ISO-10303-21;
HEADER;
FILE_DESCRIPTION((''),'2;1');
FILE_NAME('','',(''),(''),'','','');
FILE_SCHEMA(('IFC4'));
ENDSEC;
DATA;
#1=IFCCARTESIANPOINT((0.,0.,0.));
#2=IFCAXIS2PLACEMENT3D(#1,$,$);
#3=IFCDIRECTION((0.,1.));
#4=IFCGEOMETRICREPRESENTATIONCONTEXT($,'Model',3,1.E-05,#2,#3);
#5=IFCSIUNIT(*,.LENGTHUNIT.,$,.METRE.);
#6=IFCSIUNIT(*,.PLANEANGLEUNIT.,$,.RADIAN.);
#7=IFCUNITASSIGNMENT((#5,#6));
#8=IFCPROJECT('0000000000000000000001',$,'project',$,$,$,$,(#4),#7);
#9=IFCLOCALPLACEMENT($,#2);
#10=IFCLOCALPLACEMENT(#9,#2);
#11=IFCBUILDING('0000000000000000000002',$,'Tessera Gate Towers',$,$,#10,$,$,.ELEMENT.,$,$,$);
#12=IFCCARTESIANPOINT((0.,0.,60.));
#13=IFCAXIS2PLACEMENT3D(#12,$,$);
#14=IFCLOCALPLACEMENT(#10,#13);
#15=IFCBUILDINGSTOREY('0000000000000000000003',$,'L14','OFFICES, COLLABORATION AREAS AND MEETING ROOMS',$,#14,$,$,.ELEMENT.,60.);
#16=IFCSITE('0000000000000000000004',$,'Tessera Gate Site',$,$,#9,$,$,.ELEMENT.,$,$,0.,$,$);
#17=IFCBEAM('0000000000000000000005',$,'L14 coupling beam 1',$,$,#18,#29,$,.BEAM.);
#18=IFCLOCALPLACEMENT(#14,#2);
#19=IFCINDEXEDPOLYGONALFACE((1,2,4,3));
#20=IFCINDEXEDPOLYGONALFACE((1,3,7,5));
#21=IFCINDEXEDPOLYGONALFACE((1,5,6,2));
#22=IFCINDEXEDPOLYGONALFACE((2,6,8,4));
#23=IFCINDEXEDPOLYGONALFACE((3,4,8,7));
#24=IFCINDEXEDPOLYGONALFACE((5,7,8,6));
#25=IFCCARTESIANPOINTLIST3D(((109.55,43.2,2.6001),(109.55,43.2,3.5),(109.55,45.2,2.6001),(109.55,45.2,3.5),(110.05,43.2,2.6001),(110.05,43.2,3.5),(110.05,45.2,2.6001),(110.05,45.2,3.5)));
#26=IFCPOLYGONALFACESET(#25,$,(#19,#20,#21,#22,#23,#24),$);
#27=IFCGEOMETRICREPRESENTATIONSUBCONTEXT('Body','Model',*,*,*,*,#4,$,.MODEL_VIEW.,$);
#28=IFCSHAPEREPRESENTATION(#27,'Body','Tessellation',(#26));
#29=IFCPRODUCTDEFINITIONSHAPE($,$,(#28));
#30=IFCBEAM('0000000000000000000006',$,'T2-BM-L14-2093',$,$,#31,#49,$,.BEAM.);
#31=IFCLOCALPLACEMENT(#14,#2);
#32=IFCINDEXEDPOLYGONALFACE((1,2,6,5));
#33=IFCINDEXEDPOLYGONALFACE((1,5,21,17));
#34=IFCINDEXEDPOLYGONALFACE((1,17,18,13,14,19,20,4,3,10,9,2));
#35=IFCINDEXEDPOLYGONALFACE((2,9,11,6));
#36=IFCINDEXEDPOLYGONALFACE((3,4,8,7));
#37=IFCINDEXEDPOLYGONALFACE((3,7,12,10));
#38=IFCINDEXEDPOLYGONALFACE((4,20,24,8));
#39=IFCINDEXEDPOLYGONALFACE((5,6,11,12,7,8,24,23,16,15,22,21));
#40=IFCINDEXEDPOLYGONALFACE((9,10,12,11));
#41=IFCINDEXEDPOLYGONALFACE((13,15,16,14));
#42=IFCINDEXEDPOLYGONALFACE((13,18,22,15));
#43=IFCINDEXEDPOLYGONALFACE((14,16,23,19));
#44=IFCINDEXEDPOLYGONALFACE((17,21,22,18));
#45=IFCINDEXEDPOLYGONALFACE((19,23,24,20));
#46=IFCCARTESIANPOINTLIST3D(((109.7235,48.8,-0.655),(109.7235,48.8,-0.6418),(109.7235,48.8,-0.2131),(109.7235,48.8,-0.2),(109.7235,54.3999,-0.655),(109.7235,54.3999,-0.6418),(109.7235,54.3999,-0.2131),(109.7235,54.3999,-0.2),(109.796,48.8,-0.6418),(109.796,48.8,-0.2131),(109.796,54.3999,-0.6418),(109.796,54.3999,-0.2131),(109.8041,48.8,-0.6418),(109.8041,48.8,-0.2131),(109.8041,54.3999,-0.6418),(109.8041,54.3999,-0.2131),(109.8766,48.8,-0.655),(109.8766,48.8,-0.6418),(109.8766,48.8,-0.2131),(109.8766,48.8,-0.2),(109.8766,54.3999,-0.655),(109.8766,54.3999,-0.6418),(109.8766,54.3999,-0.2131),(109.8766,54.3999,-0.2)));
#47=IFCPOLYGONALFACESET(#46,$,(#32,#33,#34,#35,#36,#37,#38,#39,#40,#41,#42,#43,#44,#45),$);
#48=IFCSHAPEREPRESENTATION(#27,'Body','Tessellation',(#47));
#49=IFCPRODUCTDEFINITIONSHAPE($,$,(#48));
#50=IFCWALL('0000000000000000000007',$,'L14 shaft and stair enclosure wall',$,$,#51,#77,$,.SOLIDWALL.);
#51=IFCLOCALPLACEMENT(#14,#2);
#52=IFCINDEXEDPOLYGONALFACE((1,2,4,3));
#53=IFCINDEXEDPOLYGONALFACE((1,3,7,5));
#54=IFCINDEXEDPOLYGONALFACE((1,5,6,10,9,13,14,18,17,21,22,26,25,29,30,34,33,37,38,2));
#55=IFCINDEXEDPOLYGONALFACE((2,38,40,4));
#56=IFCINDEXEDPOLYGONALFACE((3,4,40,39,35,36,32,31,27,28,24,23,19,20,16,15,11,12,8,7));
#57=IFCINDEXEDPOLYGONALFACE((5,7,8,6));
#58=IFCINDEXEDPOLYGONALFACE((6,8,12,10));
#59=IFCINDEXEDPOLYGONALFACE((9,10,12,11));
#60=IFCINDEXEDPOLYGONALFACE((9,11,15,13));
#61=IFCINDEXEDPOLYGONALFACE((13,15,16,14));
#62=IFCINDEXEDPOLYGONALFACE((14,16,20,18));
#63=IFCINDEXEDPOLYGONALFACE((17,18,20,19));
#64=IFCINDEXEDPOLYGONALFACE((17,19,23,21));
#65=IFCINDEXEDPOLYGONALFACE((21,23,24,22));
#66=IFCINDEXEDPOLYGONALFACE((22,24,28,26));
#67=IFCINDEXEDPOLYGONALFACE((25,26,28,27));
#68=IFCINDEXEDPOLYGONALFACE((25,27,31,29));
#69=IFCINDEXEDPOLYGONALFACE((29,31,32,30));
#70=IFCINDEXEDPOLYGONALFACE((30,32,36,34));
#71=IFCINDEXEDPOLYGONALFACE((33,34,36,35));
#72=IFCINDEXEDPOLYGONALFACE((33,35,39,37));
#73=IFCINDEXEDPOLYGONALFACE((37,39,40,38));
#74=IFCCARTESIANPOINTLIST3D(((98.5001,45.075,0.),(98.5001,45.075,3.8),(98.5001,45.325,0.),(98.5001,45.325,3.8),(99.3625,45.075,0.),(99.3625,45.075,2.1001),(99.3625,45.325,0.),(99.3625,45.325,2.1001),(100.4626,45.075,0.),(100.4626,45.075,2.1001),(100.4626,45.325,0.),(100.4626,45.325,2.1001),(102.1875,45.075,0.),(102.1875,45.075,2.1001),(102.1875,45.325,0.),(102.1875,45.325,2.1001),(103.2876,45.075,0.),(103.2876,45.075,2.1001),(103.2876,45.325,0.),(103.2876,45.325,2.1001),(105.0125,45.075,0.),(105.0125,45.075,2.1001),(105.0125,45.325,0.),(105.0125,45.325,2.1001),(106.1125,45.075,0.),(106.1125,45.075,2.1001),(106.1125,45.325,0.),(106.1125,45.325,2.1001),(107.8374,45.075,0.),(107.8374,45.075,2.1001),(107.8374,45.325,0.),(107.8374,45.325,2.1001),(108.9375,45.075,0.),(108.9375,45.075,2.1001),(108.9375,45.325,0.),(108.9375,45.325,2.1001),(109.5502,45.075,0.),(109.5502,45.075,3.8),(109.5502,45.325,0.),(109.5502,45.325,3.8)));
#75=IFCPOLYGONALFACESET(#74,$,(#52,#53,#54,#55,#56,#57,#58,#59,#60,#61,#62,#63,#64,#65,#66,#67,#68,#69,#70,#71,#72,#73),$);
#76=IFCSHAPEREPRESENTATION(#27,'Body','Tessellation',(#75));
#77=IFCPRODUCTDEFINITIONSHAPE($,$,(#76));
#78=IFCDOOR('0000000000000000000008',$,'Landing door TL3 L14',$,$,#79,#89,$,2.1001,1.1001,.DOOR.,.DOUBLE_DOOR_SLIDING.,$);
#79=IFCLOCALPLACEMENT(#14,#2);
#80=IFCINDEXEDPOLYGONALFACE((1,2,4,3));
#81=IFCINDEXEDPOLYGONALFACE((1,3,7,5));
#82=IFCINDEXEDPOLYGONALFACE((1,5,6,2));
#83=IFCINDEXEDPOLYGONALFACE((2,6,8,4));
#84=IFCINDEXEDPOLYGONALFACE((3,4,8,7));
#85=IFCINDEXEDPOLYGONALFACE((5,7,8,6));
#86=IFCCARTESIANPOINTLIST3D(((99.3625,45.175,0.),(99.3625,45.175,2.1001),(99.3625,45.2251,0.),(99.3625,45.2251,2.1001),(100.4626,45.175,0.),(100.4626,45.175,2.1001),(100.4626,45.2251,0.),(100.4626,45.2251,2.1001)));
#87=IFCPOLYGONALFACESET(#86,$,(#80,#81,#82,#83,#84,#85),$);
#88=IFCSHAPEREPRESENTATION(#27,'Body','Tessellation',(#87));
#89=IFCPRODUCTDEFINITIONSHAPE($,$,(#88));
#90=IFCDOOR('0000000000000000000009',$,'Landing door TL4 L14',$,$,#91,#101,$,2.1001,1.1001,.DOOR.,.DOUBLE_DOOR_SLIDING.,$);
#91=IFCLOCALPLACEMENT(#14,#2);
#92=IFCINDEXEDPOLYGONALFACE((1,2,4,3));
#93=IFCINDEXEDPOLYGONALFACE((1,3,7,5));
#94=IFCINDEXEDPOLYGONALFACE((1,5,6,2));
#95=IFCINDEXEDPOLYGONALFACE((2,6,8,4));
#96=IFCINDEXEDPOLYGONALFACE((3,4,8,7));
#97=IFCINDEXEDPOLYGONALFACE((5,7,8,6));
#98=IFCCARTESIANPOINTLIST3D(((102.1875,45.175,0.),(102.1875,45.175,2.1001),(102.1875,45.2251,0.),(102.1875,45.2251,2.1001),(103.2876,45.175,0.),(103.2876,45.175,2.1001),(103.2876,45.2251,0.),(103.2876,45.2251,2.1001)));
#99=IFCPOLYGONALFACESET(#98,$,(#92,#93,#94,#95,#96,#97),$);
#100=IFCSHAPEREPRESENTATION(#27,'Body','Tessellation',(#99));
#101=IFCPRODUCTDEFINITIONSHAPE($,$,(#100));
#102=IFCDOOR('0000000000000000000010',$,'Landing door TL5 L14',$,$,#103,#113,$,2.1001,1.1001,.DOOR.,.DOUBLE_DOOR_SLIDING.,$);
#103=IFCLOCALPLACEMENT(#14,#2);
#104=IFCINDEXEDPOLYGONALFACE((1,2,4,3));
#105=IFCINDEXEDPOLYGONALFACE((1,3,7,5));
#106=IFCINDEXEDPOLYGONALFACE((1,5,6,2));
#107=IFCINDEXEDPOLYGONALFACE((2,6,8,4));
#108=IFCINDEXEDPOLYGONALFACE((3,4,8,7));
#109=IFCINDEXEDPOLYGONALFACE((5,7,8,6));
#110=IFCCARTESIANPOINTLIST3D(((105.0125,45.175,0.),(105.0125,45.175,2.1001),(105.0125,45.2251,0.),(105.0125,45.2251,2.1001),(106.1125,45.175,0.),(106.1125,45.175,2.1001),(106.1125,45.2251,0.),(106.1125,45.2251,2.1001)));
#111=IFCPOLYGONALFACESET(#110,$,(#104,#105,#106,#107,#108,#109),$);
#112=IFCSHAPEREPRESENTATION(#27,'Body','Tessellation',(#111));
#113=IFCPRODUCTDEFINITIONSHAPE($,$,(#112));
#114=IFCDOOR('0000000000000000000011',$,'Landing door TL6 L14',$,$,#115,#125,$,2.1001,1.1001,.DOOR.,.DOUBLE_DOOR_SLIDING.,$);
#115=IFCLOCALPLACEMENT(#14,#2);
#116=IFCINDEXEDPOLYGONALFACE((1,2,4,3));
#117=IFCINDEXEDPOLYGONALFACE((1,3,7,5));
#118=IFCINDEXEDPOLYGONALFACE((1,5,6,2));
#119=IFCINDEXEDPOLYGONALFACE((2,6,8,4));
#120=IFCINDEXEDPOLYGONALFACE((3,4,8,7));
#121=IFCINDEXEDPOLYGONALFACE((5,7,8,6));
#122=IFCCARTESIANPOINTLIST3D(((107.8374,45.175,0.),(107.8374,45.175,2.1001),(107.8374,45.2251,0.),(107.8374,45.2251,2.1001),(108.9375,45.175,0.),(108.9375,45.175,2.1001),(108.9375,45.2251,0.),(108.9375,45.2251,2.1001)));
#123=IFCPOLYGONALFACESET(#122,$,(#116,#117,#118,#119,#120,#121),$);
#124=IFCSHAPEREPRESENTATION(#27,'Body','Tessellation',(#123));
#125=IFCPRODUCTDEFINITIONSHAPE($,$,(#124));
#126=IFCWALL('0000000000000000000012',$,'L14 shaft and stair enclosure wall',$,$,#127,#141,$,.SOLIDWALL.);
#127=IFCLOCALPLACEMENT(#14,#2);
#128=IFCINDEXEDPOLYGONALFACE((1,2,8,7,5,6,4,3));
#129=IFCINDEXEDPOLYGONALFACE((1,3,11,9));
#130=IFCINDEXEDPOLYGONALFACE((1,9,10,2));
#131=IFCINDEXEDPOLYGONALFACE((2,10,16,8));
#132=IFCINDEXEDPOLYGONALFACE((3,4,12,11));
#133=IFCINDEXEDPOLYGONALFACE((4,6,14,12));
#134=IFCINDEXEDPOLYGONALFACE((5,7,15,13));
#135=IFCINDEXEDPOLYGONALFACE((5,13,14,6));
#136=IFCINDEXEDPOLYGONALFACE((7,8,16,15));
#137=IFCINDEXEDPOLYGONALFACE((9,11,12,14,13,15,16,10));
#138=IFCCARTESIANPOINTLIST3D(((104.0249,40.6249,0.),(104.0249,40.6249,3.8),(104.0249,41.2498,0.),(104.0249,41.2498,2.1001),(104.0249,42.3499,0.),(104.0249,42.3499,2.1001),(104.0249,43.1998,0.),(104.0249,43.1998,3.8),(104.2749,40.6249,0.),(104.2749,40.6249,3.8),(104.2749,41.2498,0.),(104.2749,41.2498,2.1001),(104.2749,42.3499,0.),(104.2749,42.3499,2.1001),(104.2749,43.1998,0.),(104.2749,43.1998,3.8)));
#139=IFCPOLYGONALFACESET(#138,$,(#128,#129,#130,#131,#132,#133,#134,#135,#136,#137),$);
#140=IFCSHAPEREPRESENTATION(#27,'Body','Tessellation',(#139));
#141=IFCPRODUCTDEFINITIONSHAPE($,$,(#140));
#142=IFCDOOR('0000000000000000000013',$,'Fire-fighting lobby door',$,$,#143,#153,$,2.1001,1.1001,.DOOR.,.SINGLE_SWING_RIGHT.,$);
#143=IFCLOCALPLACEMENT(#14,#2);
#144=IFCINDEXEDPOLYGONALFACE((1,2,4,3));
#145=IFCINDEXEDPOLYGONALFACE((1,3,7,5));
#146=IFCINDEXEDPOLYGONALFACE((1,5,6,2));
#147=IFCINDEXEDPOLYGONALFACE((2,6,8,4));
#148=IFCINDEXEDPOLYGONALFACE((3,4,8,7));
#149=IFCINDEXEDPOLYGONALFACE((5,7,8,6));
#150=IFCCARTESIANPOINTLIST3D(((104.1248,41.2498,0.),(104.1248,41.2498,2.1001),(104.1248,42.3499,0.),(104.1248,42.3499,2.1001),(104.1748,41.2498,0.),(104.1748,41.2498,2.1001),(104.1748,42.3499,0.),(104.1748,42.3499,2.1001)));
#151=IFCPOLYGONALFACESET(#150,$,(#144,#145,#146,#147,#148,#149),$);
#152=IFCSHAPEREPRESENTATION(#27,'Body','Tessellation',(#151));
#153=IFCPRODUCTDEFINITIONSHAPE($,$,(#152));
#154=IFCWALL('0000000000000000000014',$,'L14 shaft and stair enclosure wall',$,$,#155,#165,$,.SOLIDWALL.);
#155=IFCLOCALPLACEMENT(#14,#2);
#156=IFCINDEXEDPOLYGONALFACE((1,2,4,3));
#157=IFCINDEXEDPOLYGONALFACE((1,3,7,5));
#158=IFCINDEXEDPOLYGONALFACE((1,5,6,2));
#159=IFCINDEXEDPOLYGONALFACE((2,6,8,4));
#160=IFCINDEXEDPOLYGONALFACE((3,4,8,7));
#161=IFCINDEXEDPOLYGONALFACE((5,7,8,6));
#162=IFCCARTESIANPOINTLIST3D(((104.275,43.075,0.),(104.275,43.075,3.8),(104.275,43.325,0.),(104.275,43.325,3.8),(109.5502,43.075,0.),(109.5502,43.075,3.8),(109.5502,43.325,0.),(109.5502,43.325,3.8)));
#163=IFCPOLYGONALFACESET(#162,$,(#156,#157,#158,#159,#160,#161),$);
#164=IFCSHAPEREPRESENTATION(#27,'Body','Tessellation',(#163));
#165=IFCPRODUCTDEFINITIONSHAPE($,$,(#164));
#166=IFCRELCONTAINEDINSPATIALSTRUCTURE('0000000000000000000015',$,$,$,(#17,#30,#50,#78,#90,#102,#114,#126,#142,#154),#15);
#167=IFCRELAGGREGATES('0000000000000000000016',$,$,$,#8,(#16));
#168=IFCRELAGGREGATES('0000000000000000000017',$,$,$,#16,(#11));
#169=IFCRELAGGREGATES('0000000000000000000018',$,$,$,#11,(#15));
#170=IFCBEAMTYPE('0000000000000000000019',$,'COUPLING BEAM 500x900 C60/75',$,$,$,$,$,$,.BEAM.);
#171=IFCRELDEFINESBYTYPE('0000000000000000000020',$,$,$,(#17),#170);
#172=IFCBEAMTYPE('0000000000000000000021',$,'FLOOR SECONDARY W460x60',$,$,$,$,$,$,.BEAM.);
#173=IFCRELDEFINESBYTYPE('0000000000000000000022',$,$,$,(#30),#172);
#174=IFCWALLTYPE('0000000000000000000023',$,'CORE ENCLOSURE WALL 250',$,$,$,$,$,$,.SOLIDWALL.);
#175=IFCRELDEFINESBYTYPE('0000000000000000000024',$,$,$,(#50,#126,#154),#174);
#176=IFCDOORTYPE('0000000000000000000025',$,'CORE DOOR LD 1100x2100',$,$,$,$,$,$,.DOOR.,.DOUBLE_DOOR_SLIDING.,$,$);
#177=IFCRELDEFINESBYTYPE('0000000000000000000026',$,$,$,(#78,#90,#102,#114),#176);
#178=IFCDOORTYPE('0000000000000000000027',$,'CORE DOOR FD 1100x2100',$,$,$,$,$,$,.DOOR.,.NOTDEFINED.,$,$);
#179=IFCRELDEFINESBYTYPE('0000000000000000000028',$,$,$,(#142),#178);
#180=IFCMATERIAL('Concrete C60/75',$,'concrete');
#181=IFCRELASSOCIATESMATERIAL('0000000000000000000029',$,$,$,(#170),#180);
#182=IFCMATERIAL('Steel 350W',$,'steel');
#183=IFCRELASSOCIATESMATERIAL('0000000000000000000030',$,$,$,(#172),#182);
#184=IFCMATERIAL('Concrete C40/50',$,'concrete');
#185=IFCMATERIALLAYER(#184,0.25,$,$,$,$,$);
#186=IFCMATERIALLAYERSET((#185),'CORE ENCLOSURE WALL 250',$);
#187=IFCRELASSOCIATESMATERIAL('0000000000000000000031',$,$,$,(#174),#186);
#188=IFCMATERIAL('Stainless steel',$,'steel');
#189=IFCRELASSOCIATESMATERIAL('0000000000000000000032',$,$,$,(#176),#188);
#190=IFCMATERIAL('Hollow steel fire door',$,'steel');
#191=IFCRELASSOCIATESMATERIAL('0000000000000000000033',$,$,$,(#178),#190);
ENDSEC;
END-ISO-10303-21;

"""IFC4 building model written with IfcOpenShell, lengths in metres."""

from ifc_helpers import new_model, si_unit, direction, frame, frame_2d, origin, origin_2d, place, context, subcontext, project, spatial, rectangle, i_section, extrude, source, transform, mapped, material, layer, layer_set, material_profile, profile_set, type_object, element, fill, save


model = new_model("IFC4")

# Units and contexts
model_context = context("Model", 3, precision=1e-05, world=origin(), true_north=direction((0.0, 1.0)))
body_context = subcontext(model_context, "Body", "Model", "MODEL_VIEW")
ifc_project = project(units=[si_unit("LENGTHUNIT", "METRE"), si_unit("PLANEANGLEUNIT", "RADIAN")], contexts=[model_context])

# Site, building, storey
site_placement = place(None, origin())
site = spatial("IfcSite", under=ifc_project, at=site_placement, Name="Tessera Gate Site", CompositionType="ELEMENT", RefElevation=0.0)
building_placement = place(site_placement, origin())
building = spatial("IfcBuilding", under=site, at=building_placement, Name="Tessera Gate Towers", CompositionType="ELEMENT")
storey_placement = place(building_placement, frame((0.0, 0.0, 60.0)))
storey = spatial("IfcBuildingStorey", under=building, at=storey_placement, Name="L14", Description="OFFICES, COLLABORATION AREAS AND MEETING ROOMS", CompositionType="ELEMENT", Elevation=60.0)

# Beams
ifc_material_1 = material(Name="Concrete C60/75", Category="concrete")
ifc_material_profile_1 = material_profile(ifc_material_1, rectangle(XDim=0.5, YDim=0.8999, at=origin_2d()), Name="RC 500x900")
ifc_profile_set_1 = profile_set([ifc_material_profile_1], Name="Concrete C60/75")
beam_type_1 = type_object("IfcBeamType", Name="COUPLING BEAM 500x900 C60/75", PredefinedType="BEAM", material=ifc_profile_set_1)
beam_1_placement = place(storey_placement, frame((109.8, 43.2, 3.05), z_axis=(0.0, 1.0, 0.0), x_axis=(-1.0, 0.0, 0.0)))
element("IfcBeam", 1, at=beam_1_placement, inside=storey, type_object=beam_type_1, Name="L14 coupling beam 1", PredefinedType="BEAM", context=body_context, shape_type="SweptSolid", body=[
    extrude(rectangle(XDim=0.5, YDim=0.8999, at=origin_2d()), origin(), (0.0, 0.0, 1.0), 2.0),
])
ifc_material_2 = material(Name="Steel 350W", Category="steel")
ifc_material_profile_2 = material_profile(ifc_material_2, i_section(OverallWidth=0.1531, OverallDepth=0.4551, WebThickness=0.0081, FlangeThickness=0.0132, at=origin_2d()), Name="W460x60")
ifc_profile_set_2 = profile_set([ifc_material_profile_2], Name="Steel 350W")
beam_type_2 = type_object("IfcBeamType", Name="FLOOR SECONDARY W460x60", PredefinedType="BEAM", material=ifc_profile_set_2)
beam_2_placement = place(storey_placement, frame((109.8, 48.8, -0.4275), z_axis=(0.0, 1.0, 0.0), x_axis=(-1.0, 0.0, 0.0)))
element("IfcBeam", 2, at=beam_2_placement, inside=storey, type_object=beam_type_2, Name="T2-BM-L14-2093", PredefinedType="BEAM", context=body_context, shape_type="SweptSolid", body=[
    extrude(i_section(OverallWidth=0.1531, OverallDepth=0.4551, WebThickness=0.0081, FlangeThickness=0.0132, at=origin_2d()), origin(), (0.0, 0.0, 1.0), 5.5999),
])

# Wall, openings, doors
ifc_material_3 = material(Name="Concrete C40/50", Category="concrete")
ifc_layer_1 = layer(ifc_material_3, 0.25)
ifc_layer_set_1 = layer_set([ifc_layer_1], Name="CORE ENCLOSURE WALL 250")
wall_type_1 = type_object("IfcWallType", Name="CORE ENCLOSURE WALL 250", PredefinedType="SOLIDWALL", material=ifc_layer_set_1)
wall_1_placement = place(storey_placement, frame((109.55, 45.2, 0.0), z_axis=(0.0, 0.0, 1.0), x_axis=(-1.0, 0.0, 0.0)))
wall_1 = element("IfcWall", 3, at=wall_1_placement, inside=storey, type_object=wall_type_1, Name="L14 shaft and stair enclosure wall", PredefinedType="SOLIDWALL", context=body_context, shape_type="SweptSolid", body=[
    extrude(rectangle(XDim=11.05, YDim=0.25, at=frame_2d((5.5249, 0.0))), origin(), (0.0, 0.0, 1.0), 3.8),
])
shared_shape_1 = source(origin(), body_context, "Body", "SweptSolid", [
    extrude(rectangle(XDim=1.1001, YDim=2.1001, at=frame_2d((0.55, 1.05))), frame((0.0, 0.135, 0.0), z_axis=(0.0, -1.0, 0.0), x_axis=(1.0, 0.0, 0.0)), (0.0, 0.0, 1.0), 0.27),
])
opening_1_placement = place(wall_1_placement, frame((9.0874, 0.0, 0.0)))
opening_1 = element("IfcOpeningElement", 4, at=opening_1_placement, cuts=wall_1, PredefinedType="OPENING", context=body_context, shape_type="MappedRepresentation", body=[
    mapped(shared_shape_1, transform((0.0, 0.0, 0.0), scale=1.0)),
])
opening_2_placement = place(wall_1_placement, frame((6.2625, 0.0, 0.0)))
opening_2 = element("IfcOpeningElement", 5, at=opening_2_placement, cuts=wall_1, PredefinedType="OPENING", context=body_context, shape_type="MappedRepresentation", body=[
    mapped(shared_shape_1, transform((0.0, 0.0, 0.0), scale=1.0)),
])
opening_3_placement = place(wall_1_placement, frame((3.4375, 0.0, 0.0)))
opening_3 = element("IfcOpeningElement", 6, at=opening_3_placement, cuts=wall_1, PredefinedType="OPENING", context=body_context, shape_type="MappedRepresentation", body=[
    mapped(shared_shape_1, transform((0.0, 0.0, 0.0), scale=1.0)),
])
opening_4_placement = place(wall_1_placement, frame((0.6125, 0.0, 0.0)))
opening_4 = element("IfcOpeningElement", 7, at=opening_4_placement, cuts=wall_1, PredefinedType="OPENING", context=body_context, shape_type="MappedRepresentation", body=[
    mapped(shared_shape_1, transform((0.0, 0.0, 0.0), scale=1.0)),
])
ifc_material_4 = material(Name="Stainless steel", Category="steel")
door_type_1 = type_object("IfcDoorType", Name="CORE DOOR LD 1100x2100", OperationType="DOUBLE_DOOR_SLIDING", PredefinedType="DOOR", material=ifc_material_4)
shared_shape_2 = source(origin(), body_context, "Body", "SweptSolid", [
    extrude(rectangle(XDim=1.1001, YDim=2.1001, at=frame_2d((0.55, 1.05))), frame((0.0, 0.0249, 0.0), z_axis=(0.0, -1.0, 0.0), x_axis=(1.0, 0.0, 0.0)), (0.0, 0.0, 1.0), 0.05),
])
door_1_placement = place(opening_1_placement, origin())
door_1 = element("IfcDoor", 8, at=door_1_placement, inside=storey, type_object=door_type_1, Name="Landing door TL3 L14", OperationType="DOUBLE_DOOR_SLIDING", OverallHeight=2.1001, OverallWidth=1.1001, PredefinedType="DOOR", context=body_context, shape_type="MappedRepresentation", body=[
    mapped(shared_shape_2, transform((0.0, 0.0, 0.0), scale=1.0)),
])
fill(opening_1, door_1)
door_2_placement = place(opening_2_placement, origin())
door_2 = element("IfcDoor", 9, at=door_2_placement, inside=storey, type_object=door_type_1, Name="Landing door TL4 L14", OperationType="DOUBLE_DOOR_SLIDING", OverallHeight=2.1001, OverallWidth=1.1001, PredefinedType="DOOR", context=body_context, shape_type="MappedRepresentation", body=[
    mapped(shared_shape_2, transform((0.0, 0.0, 0.0), scale=1.0)),
])
fill(opening_2, door_2)
door_3_placement = place(opening_3_placement, origin())
door_3 = element("IfcDoor", 10, at=door_3_placement, inside=storey, type_object=door_type_1, Name="Landing door TL5 L14", OperationType="DOUBLE_DOOR_SLIDING", OverallHeight=2.1001, OverallWidth=1.1001, PredefinedType="DOOR", context=body_context, shape_type="MappedRepresentation", body=[
    mapped(shared_shape_2, transform((0.0, 0.0, 0.0), scale=1.0)),
])
fill(opening_3, door_3)
door_4_placement = place(opening_4_placement, origin())
door_4 = element("IfcDoor", 11, at=door_4_placement, inside=storey, type_object=door_type_1, Name="Landing door TL6 L14", OperationType="DOUBLE_DOOR_SLIDING", OverallHeight=2.1001, OverallWidth=1.1001, PredefinedType="DOOR", context=body_context, shape_type="MappedRepresentation", body=[
    mapped(shared_shape_2, transform((0.0, 0.0, 0.0), scale=1.0)),
])
fill(opening_4, door_4)

# Wall, opening, door
wall_2_placement = place(storey_placement, frame((104.1499, 43.2, 0.0), z_axis=(0.0, 0.0, 1.0), x_axis=(0.0, -1.0, 0.0)))
wall_2 = element("IfcWall", 12, at=wall_2_placement, inside=storey, type_object=wall_type_1, Name="L14 shaft and stair enclosure wall", PredefinedType="SOLIDWALL", context=body_context, shape_type="SweptSolid", body=[
    extrude(rectangle(XDim=2.575, YDim=0.25, at=frame_2d((1.2876, 0.0))), origin(), (0.0, 0.0, 1.0), 3.8),
])
opening_5_placement = place(wall_2_placement, frame((0.8501, 0.0, 0.0)))
opening_5 = element("IfcOpeningElement", 13, at=opening_5_placement, cuts=wall_2, PredefinedType="OPENING", context=body_context, shape_type="MappedRepresentation", body=[
    mapped(shared_shape_1, transform((0.0, 0.0, 0.0), scale=1.0)),
])
ifc_material_5 = material(Name="Hollow steel fire door", Category="steel")
door_type_2 = type_object("IfcDoorType", Name="CORE DOOR FD 1100x2100", OperationType="NOTDEFINED", PredefinedType="DOOR", material=ifc_material_5)
door_5_placement = place(opening_5_placement, origin())
door_5 = element("IfcDoor", 14, at=door_5_placement, inside=storey, type_object=door_type_2, Name="Fire-fighting lobby door", OperationType="SINGLE_SWING_RIGHT", OverallHeight=2.1001, OverallWidth=1.1001, PredefinedType="DOOR", context=body_context, shape_type="MappedRepresentation", body=[
    mapped(shared_shape_2, transform((0.0, 0.0, 0.0), scale=1.0)),
])
fill(opening_5, door_5)

# Wall
wall_3_placement = place(storey_placement, frame((104.2749, 43.2, 0.0), z_axis=(0.0, 0.0, 1.0), x_axis=(1.0, 0.0, 0.0)))
element("IfcWall", 15, at=wall_3_placement, inside=storey, type_object=wall_type_1, Name="L14 shaft and stair enclosure wall", PredefinedType="SOLIDWALL", context=body_context, shape_type="SweptSolid", body=[
    extrude(rectangle(XDim=5.2751, YDim=0.25, at=frame_2d((2.6377, 0.0))), origin(), (0.0, 0.0, 1.0), 3.8),
])

save(model, "model.ifc")
